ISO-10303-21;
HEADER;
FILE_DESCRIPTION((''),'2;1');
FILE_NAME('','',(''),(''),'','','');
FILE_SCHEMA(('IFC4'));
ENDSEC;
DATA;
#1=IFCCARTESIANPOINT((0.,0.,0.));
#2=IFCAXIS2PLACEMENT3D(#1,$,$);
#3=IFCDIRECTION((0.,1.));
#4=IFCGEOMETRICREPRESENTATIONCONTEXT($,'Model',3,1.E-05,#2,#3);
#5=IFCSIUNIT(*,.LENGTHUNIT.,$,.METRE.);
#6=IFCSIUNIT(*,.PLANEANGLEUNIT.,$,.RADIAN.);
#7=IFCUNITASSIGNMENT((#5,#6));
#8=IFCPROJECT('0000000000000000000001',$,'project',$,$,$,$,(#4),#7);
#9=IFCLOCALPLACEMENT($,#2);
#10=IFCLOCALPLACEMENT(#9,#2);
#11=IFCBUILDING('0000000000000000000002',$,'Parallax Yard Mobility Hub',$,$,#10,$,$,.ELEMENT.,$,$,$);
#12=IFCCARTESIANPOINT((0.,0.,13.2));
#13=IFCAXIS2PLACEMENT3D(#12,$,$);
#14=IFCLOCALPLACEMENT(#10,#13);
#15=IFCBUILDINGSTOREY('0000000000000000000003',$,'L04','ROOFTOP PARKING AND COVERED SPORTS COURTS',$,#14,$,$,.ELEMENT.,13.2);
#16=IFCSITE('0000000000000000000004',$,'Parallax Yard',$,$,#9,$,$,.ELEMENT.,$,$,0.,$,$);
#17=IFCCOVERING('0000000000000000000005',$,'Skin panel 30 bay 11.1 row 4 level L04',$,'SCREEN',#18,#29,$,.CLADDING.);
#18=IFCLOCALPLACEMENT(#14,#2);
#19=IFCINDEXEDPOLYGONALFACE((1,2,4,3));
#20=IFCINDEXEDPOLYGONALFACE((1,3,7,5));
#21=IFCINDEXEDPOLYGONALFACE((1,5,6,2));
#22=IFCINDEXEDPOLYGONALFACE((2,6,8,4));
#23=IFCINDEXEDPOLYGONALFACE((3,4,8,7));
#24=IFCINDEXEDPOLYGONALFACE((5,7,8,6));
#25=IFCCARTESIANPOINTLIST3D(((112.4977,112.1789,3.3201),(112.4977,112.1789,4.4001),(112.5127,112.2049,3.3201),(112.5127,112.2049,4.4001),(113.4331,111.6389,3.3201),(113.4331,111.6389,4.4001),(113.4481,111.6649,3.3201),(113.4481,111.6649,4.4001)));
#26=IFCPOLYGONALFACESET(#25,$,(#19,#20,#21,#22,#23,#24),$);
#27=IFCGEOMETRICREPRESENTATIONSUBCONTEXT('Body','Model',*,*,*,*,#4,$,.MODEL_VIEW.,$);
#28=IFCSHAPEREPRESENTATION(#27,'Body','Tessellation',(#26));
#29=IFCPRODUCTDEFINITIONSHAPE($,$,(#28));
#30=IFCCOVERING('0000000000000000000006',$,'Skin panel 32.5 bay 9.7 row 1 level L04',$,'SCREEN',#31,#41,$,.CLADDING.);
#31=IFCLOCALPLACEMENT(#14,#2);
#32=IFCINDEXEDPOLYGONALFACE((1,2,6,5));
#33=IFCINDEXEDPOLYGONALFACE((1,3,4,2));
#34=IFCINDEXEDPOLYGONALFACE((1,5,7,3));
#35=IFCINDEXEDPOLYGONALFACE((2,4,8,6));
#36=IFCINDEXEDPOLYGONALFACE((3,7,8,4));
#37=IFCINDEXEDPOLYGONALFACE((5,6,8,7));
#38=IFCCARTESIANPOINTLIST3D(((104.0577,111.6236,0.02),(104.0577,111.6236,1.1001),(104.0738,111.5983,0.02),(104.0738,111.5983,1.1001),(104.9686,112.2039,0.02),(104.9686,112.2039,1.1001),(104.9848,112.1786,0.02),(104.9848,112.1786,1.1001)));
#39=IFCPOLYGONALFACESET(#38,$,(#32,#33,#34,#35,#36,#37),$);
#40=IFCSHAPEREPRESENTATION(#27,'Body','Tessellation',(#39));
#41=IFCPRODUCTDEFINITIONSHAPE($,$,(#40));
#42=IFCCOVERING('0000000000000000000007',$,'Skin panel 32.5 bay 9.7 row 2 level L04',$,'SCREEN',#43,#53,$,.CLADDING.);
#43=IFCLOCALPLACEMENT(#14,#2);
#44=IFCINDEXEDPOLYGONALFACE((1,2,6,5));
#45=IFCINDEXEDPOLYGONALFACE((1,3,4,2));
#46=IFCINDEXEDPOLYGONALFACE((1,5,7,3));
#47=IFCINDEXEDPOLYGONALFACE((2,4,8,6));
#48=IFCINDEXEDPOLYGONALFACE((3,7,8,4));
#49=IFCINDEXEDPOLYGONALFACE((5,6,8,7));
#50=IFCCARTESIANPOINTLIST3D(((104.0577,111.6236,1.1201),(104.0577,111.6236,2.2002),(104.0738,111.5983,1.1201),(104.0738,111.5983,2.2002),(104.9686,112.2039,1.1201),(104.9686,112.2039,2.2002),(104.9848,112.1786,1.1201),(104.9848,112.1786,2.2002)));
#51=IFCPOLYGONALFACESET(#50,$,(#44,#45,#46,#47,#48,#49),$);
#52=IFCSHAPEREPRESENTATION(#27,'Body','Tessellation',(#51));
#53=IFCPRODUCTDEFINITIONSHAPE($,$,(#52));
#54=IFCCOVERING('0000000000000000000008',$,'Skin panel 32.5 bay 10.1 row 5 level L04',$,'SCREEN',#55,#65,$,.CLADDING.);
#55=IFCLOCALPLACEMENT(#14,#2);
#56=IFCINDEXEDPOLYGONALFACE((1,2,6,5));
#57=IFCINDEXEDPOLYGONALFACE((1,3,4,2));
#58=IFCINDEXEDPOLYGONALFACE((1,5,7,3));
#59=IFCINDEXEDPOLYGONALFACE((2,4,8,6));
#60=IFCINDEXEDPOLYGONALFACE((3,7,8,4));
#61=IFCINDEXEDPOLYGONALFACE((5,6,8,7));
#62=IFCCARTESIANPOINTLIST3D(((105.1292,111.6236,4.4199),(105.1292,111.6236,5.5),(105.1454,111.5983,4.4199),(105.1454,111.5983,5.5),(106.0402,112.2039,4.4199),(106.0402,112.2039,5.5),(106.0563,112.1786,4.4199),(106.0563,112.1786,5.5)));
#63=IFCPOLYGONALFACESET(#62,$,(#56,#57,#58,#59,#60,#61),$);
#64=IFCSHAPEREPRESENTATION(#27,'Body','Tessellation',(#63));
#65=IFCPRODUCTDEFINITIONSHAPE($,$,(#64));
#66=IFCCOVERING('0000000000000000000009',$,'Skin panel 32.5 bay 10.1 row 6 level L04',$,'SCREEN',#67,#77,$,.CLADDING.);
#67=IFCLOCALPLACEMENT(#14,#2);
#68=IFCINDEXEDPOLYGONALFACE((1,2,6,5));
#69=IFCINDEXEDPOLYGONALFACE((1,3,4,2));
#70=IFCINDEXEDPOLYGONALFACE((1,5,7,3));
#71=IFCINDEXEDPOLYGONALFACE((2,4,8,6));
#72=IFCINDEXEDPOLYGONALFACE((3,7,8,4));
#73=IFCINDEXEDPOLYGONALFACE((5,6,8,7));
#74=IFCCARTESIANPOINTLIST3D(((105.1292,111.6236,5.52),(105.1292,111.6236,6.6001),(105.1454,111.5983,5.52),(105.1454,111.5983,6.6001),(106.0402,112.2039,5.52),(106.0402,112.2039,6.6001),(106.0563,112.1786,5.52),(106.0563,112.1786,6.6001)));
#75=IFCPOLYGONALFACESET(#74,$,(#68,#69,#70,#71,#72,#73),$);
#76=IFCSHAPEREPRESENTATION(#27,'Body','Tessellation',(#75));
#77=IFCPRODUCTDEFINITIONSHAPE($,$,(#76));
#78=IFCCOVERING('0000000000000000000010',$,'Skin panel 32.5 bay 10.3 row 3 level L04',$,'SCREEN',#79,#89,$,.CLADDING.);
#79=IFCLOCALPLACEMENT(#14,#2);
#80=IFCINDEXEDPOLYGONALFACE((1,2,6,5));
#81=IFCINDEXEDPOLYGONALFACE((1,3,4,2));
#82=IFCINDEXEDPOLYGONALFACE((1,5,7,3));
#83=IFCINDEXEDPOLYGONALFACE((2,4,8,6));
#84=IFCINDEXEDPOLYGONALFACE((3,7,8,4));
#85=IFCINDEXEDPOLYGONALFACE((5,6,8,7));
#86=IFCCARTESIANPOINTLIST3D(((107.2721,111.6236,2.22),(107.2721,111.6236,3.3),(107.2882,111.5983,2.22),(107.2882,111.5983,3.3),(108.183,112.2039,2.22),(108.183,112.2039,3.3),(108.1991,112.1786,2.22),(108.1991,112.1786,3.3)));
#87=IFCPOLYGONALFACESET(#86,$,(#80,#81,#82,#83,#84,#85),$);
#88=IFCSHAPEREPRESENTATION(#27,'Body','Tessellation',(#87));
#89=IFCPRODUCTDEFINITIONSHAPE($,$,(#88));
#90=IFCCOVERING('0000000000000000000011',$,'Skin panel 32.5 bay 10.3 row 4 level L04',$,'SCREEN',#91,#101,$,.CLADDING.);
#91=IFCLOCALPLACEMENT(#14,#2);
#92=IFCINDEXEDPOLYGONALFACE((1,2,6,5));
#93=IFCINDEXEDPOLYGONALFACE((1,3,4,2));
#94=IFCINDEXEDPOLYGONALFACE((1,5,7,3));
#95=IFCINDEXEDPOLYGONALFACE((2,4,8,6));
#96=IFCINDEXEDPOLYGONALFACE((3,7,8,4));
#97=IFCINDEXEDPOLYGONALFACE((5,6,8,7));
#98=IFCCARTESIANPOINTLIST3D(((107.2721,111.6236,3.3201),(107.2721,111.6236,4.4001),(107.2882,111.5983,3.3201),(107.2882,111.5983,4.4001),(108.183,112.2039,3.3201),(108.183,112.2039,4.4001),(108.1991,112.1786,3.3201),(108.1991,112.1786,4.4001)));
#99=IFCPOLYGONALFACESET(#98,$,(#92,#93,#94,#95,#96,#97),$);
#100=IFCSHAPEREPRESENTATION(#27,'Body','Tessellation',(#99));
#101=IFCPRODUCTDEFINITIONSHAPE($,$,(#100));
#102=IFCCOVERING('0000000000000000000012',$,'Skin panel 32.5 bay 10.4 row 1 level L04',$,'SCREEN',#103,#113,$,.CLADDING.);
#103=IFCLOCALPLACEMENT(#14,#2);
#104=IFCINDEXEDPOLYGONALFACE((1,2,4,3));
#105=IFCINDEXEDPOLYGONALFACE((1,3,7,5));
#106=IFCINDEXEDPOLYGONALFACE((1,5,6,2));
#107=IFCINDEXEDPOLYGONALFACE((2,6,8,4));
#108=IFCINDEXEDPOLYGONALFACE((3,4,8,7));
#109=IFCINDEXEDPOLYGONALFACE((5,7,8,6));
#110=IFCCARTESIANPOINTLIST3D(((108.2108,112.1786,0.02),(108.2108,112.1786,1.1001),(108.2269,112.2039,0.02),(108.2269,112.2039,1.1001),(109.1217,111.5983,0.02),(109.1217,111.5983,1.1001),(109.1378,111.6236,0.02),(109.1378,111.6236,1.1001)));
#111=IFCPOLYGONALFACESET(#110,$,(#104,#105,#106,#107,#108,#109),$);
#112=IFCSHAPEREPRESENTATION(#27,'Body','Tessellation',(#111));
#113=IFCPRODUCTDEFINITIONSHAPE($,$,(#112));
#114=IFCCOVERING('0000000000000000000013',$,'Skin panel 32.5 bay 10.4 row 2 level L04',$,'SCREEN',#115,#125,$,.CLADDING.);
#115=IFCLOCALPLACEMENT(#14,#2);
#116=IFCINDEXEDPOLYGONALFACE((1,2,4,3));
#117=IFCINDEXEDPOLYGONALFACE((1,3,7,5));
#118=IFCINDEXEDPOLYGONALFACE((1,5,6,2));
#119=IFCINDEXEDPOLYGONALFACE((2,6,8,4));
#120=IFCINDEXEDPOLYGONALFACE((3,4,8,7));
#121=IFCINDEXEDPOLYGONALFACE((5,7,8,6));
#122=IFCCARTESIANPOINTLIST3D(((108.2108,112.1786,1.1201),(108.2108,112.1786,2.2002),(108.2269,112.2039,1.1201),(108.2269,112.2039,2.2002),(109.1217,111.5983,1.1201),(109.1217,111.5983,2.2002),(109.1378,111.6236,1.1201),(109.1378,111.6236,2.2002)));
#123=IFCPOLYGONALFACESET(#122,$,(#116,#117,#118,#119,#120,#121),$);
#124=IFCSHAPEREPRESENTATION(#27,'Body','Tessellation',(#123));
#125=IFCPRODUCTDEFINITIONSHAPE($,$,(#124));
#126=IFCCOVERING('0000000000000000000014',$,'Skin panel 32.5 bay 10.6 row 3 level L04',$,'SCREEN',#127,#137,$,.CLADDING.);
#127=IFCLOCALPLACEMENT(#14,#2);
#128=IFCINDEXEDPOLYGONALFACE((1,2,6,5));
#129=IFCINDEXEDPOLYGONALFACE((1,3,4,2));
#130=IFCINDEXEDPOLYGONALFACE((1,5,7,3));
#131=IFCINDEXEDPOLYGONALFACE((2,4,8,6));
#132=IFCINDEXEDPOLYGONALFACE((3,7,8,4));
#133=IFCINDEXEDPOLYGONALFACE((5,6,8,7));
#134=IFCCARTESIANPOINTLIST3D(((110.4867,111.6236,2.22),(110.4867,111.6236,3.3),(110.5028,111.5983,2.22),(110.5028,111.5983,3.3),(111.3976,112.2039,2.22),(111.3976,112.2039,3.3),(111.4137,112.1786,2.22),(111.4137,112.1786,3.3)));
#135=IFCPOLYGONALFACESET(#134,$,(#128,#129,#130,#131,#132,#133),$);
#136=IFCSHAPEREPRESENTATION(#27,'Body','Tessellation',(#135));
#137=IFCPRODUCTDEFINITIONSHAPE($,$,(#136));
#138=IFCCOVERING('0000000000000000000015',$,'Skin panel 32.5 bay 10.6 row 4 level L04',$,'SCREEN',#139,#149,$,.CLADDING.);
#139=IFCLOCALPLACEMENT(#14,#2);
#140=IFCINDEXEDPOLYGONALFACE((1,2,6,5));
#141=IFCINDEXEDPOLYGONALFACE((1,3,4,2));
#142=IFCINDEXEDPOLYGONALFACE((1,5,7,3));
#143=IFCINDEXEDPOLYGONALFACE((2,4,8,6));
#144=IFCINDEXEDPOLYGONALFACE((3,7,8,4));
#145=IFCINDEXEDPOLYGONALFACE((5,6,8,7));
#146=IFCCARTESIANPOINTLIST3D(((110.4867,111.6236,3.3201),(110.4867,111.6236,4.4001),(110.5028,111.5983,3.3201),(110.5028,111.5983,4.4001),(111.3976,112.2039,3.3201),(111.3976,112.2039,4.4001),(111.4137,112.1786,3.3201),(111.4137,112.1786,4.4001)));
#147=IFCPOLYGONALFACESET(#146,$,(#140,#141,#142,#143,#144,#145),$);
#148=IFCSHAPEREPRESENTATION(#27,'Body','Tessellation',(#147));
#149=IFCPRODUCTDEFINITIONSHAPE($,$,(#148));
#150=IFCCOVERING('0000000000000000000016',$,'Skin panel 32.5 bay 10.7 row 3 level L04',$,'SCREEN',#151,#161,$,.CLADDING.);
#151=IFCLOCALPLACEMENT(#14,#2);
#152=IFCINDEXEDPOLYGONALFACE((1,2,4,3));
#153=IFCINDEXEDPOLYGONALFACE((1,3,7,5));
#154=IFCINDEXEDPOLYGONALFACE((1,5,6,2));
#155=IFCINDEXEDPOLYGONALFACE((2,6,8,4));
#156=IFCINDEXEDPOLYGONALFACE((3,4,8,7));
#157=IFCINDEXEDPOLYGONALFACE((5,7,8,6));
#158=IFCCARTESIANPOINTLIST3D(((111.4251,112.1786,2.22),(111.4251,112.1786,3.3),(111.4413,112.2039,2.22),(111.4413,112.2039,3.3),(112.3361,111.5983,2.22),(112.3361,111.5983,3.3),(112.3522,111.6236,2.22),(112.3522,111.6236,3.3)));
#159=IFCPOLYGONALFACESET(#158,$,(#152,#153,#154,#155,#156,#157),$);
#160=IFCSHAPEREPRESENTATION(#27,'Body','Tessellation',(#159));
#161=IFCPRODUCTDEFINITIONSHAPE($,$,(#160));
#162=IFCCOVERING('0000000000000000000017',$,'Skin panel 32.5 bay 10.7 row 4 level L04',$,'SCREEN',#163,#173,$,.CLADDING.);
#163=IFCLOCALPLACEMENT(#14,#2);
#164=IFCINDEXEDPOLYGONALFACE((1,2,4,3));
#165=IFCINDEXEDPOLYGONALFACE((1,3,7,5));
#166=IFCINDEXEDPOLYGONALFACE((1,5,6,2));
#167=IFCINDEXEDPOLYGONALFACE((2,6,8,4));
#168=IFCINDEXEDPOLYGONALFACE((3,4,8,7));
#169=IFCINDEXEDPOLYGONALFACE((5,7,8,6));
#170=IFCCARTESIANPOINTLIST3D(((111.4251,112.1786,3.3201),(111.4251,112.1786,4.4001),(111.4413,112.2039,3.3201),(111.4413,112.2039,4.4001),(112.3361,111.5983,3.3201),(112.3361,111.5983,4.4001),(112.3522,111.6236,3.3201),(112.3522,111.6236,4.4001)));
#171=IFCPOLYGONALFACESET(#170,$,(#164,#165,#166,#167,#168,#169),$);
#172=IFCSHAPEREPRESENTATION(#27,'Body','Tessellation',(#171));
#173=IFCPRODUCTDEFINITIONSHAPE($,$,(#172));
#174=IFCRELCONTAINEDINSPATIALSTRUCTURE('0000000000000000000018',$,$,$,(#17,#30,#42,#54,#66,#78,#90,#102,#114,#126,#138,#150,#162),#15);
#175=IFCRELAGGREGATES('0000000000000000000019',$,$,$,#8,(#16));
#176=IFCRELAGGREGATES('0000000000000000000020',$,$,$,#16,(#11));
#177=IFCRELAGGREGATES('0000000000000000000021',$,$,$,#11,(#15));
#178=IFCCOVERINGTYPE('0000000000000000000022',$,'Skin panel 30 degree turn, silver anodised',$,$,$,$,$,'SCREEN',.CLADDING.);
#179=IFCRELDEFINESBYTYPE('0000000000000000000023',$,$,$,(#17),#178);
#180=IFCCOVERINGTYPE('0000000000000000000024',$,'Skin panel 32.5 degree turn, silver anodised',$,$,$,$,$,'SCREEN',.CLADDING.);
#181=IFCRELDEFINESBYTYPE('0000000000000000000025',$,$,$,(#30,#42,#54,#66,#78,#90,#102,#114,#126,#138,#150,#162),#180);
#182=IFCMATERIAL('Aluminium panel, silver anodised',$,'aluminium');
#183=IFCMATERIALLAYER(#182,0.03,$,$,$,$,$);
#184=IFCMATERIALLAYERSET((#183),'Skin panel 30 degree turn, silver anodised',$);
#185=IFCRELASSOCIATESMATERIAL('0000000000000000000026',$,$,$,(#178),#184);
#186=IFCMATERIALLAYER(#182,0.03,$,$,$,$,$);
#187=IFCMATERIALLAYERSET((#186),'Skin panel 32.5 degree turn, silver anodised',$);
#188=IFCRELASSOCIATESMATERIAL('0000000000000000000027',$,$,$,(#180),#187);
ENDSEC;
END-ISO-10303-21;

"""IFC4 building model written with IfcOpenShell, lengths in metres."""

from ifc_helpers import new_model, si_unit, direction, frame, origin, origin_2d, place, context, subcontext, project, spatial, rectangle, extrude, material, layer, layer_set, type_object, element, save


model = new_model("IFC4")

# Units and contexts
model_context = context("Model", 3, precision=1e-05, world=origin(), true_north=direction((0.0, 1.0)))
body_context = subcontext(model_context, "Body", "Model", "MODEL_VIEW")
ifc_project = project(units=[si_unit("LENGTHUNIT", "METRE"), si_unit("PLANEANGLEUNIT", "RADIAN")], contexts=[model_context])

# Site, building, storey
site_placement = place(None, origin())
site = spatial("IfcSite", under=ifc_project, at=site_placement, Name="Parallax Yard", CompositionType="ELEMENT", RefElevation=0.0)
building_placement = place(site_placement, origin())
building = spatial("IfcBuilding", under=site, at=building_placement, Name="Parallax Yard Mobility Hub", CompositionType="ELEMENT")
storey_placement = place(building_placement, frame((0.0, 0.0, 13.2)))
storey = spatial("IfcBuildingStorey", under=building, at=storey_placement, Name="L04", Description="ROOFTOP PARKING AND COVERED SPORTS COURTS", CompositionType="ELEMENT", Elevation=13.2)

# Coverings
ifc_material = material(Name="Aluminium panel, silver anodised", Category="aluminium")
ifc_layer_1 = layer(ifc_material, 0.03)
ifc_layer_set_1 = layer_set([ifc_layer_1], Name="Skin panel 30 degree turn, silver anodised")
covering_type_1 = type_object("IfcCoveringType", Name="Skin panel 30 degree turn, silver anodised", ElementType="SCREEN", PredefinedType="CLADDING", material=ifc_layer_set_1)
for number, where, z_axis, x_axis, name in (
    (1, (112.9729, 111.9219, 3.3201), (0.0, 0.0, 1.0), (0.866025, -0.5, 0.0), "Skin panel 30 bay 11.1 row 4 level L04"),
):
    element("IfcCovering", number, at=place(storey_placement, frame(where, z_axis=z_axis, x_axis=x_axis)), inside=storey, type_object=covering_type_1, Name=name, ObjectType="SCREEN", PredefinedType="CLADDING", context=body_context, shape_type="SweptSolid", body=[
        extrude(rectangle(XDim=1.0801, YDim=0.03, at=origin_2d()), origin(), (0.0, 0.0, 1.0), 1.0801),
    ])
ifc_layer_2 = layer(ifc_material, 0.03)
ifc_layer_set_2 = layer_set([ifc_layer_2], Name="Skin panel 32.5 degree turn, silver anodised")
covering_type_2 = type_object("IfcCoveringType", Name="Skin panel 32.5 degree turn, silver anodised", ElementType="SCREEN", PredefinedType="CLADDING", material=ifc_layer_set_2)
for number, where, z_axis, x_axis, name in (
    (2, (104.5212, 111.9011, 0.02), (0.0, 0.0, 1.0), (-0.843391, -0.5373, 0.0), "Skin panel 32.5 bay 9.7 row 1 level L04"),
    (3, (104.5212, 111.9011, 1.1201), (0.0, 0.0, 1.0), (-0.843391, -0.5373, 0.0), "Skin panel 32.5 bay 9.7 row 2 level L04"),
    (4, (105.5928, 111.9011, 4.4199), (0.0, 0.0, 1.0), (-0.843391, -0.5373, 0.0), "Skin panel 32.5 bay 10.1 row 5 level L04"),
    (5, (105.5928, 111.9011, 5.52), (0.0, 0.0, 1.0), (-0.843391, -0.5373, 0.0), "Skin panel 32.5 bay 10.1 row 6 level L04"),
    (6, (107.7356, 111.9011, 2.22), (0.0, 0.0, 1.0), (-0.843391, -0.5373, 0.0), "Skin panel 32.5 bay 10.3 row 3 level L04"),
    (7, (107.7356, 111.9011, 3.3201), (0.0, 0.0, 1.0), (-0.843391, -0.5373, 0.0), "Skin panel 32.5 bay 10.3 row 4 level L04"),
    (8, (108.6743, 111.9011, 0.02), (0.0, 0.0, 1.0), (0.843391, -0.5373, 0.0), "Skin panel 32.5 bay 10.4 row 1 level L04"),
    (9, (108.6743, 111.9011, 1.1201), (0.0, 0.0, 1.0), (0.843391, -0.5373, 0.0), "Skin panel 32.5 bay 10.4 row 2 level L04"),
    (10, (110.9502, 111.9011, 2.22), (0.0, 0.0, 1.0), (-0.843391, -0.5373, 0.0), "Skin panel 32.5 bay 10.6 row 3 level L04"),
    (11, (110.9502, 111.9011, 3.3201), (0.0, 0.0, 1.0), (-0.843391, -0.5373, 0.0), "Skin panel 32.5 bay 10.6 row 4 level L04"),
    (12, (111.8887, 111.9011, 2.22), (0.0, 0.0, 1.0), (0.843391, -0.5373, 0.0), "Skin panel 32.5 bay 10.7 row 3 level L04"),
    (13, (111.8887, 111.9011, 3.3201), (0.0, 0.0, 1.0), (0.843391, -0.5373, 0.0), "Skin panel 32.5 bay 10.7 row 4 level L04"),
):
    element("IfcCovering", number, at=place(storey_placement, frame(where, z_axis=z_axis, x_axis=x_axis)), inside=storey, type_object=covering_type_2, Name=name, ObjectType="SCREEN", PredefinedType="CLADDING", context=body_context, shape_type="SweptSolid", body=[
        extrude(rectangle(XDim=1.0801, YDim=0.03, at=origin_2d()), origin(), (0.0, 0.0, 1.0), 1.0801),
    ])

save(model, "model.ifc")
